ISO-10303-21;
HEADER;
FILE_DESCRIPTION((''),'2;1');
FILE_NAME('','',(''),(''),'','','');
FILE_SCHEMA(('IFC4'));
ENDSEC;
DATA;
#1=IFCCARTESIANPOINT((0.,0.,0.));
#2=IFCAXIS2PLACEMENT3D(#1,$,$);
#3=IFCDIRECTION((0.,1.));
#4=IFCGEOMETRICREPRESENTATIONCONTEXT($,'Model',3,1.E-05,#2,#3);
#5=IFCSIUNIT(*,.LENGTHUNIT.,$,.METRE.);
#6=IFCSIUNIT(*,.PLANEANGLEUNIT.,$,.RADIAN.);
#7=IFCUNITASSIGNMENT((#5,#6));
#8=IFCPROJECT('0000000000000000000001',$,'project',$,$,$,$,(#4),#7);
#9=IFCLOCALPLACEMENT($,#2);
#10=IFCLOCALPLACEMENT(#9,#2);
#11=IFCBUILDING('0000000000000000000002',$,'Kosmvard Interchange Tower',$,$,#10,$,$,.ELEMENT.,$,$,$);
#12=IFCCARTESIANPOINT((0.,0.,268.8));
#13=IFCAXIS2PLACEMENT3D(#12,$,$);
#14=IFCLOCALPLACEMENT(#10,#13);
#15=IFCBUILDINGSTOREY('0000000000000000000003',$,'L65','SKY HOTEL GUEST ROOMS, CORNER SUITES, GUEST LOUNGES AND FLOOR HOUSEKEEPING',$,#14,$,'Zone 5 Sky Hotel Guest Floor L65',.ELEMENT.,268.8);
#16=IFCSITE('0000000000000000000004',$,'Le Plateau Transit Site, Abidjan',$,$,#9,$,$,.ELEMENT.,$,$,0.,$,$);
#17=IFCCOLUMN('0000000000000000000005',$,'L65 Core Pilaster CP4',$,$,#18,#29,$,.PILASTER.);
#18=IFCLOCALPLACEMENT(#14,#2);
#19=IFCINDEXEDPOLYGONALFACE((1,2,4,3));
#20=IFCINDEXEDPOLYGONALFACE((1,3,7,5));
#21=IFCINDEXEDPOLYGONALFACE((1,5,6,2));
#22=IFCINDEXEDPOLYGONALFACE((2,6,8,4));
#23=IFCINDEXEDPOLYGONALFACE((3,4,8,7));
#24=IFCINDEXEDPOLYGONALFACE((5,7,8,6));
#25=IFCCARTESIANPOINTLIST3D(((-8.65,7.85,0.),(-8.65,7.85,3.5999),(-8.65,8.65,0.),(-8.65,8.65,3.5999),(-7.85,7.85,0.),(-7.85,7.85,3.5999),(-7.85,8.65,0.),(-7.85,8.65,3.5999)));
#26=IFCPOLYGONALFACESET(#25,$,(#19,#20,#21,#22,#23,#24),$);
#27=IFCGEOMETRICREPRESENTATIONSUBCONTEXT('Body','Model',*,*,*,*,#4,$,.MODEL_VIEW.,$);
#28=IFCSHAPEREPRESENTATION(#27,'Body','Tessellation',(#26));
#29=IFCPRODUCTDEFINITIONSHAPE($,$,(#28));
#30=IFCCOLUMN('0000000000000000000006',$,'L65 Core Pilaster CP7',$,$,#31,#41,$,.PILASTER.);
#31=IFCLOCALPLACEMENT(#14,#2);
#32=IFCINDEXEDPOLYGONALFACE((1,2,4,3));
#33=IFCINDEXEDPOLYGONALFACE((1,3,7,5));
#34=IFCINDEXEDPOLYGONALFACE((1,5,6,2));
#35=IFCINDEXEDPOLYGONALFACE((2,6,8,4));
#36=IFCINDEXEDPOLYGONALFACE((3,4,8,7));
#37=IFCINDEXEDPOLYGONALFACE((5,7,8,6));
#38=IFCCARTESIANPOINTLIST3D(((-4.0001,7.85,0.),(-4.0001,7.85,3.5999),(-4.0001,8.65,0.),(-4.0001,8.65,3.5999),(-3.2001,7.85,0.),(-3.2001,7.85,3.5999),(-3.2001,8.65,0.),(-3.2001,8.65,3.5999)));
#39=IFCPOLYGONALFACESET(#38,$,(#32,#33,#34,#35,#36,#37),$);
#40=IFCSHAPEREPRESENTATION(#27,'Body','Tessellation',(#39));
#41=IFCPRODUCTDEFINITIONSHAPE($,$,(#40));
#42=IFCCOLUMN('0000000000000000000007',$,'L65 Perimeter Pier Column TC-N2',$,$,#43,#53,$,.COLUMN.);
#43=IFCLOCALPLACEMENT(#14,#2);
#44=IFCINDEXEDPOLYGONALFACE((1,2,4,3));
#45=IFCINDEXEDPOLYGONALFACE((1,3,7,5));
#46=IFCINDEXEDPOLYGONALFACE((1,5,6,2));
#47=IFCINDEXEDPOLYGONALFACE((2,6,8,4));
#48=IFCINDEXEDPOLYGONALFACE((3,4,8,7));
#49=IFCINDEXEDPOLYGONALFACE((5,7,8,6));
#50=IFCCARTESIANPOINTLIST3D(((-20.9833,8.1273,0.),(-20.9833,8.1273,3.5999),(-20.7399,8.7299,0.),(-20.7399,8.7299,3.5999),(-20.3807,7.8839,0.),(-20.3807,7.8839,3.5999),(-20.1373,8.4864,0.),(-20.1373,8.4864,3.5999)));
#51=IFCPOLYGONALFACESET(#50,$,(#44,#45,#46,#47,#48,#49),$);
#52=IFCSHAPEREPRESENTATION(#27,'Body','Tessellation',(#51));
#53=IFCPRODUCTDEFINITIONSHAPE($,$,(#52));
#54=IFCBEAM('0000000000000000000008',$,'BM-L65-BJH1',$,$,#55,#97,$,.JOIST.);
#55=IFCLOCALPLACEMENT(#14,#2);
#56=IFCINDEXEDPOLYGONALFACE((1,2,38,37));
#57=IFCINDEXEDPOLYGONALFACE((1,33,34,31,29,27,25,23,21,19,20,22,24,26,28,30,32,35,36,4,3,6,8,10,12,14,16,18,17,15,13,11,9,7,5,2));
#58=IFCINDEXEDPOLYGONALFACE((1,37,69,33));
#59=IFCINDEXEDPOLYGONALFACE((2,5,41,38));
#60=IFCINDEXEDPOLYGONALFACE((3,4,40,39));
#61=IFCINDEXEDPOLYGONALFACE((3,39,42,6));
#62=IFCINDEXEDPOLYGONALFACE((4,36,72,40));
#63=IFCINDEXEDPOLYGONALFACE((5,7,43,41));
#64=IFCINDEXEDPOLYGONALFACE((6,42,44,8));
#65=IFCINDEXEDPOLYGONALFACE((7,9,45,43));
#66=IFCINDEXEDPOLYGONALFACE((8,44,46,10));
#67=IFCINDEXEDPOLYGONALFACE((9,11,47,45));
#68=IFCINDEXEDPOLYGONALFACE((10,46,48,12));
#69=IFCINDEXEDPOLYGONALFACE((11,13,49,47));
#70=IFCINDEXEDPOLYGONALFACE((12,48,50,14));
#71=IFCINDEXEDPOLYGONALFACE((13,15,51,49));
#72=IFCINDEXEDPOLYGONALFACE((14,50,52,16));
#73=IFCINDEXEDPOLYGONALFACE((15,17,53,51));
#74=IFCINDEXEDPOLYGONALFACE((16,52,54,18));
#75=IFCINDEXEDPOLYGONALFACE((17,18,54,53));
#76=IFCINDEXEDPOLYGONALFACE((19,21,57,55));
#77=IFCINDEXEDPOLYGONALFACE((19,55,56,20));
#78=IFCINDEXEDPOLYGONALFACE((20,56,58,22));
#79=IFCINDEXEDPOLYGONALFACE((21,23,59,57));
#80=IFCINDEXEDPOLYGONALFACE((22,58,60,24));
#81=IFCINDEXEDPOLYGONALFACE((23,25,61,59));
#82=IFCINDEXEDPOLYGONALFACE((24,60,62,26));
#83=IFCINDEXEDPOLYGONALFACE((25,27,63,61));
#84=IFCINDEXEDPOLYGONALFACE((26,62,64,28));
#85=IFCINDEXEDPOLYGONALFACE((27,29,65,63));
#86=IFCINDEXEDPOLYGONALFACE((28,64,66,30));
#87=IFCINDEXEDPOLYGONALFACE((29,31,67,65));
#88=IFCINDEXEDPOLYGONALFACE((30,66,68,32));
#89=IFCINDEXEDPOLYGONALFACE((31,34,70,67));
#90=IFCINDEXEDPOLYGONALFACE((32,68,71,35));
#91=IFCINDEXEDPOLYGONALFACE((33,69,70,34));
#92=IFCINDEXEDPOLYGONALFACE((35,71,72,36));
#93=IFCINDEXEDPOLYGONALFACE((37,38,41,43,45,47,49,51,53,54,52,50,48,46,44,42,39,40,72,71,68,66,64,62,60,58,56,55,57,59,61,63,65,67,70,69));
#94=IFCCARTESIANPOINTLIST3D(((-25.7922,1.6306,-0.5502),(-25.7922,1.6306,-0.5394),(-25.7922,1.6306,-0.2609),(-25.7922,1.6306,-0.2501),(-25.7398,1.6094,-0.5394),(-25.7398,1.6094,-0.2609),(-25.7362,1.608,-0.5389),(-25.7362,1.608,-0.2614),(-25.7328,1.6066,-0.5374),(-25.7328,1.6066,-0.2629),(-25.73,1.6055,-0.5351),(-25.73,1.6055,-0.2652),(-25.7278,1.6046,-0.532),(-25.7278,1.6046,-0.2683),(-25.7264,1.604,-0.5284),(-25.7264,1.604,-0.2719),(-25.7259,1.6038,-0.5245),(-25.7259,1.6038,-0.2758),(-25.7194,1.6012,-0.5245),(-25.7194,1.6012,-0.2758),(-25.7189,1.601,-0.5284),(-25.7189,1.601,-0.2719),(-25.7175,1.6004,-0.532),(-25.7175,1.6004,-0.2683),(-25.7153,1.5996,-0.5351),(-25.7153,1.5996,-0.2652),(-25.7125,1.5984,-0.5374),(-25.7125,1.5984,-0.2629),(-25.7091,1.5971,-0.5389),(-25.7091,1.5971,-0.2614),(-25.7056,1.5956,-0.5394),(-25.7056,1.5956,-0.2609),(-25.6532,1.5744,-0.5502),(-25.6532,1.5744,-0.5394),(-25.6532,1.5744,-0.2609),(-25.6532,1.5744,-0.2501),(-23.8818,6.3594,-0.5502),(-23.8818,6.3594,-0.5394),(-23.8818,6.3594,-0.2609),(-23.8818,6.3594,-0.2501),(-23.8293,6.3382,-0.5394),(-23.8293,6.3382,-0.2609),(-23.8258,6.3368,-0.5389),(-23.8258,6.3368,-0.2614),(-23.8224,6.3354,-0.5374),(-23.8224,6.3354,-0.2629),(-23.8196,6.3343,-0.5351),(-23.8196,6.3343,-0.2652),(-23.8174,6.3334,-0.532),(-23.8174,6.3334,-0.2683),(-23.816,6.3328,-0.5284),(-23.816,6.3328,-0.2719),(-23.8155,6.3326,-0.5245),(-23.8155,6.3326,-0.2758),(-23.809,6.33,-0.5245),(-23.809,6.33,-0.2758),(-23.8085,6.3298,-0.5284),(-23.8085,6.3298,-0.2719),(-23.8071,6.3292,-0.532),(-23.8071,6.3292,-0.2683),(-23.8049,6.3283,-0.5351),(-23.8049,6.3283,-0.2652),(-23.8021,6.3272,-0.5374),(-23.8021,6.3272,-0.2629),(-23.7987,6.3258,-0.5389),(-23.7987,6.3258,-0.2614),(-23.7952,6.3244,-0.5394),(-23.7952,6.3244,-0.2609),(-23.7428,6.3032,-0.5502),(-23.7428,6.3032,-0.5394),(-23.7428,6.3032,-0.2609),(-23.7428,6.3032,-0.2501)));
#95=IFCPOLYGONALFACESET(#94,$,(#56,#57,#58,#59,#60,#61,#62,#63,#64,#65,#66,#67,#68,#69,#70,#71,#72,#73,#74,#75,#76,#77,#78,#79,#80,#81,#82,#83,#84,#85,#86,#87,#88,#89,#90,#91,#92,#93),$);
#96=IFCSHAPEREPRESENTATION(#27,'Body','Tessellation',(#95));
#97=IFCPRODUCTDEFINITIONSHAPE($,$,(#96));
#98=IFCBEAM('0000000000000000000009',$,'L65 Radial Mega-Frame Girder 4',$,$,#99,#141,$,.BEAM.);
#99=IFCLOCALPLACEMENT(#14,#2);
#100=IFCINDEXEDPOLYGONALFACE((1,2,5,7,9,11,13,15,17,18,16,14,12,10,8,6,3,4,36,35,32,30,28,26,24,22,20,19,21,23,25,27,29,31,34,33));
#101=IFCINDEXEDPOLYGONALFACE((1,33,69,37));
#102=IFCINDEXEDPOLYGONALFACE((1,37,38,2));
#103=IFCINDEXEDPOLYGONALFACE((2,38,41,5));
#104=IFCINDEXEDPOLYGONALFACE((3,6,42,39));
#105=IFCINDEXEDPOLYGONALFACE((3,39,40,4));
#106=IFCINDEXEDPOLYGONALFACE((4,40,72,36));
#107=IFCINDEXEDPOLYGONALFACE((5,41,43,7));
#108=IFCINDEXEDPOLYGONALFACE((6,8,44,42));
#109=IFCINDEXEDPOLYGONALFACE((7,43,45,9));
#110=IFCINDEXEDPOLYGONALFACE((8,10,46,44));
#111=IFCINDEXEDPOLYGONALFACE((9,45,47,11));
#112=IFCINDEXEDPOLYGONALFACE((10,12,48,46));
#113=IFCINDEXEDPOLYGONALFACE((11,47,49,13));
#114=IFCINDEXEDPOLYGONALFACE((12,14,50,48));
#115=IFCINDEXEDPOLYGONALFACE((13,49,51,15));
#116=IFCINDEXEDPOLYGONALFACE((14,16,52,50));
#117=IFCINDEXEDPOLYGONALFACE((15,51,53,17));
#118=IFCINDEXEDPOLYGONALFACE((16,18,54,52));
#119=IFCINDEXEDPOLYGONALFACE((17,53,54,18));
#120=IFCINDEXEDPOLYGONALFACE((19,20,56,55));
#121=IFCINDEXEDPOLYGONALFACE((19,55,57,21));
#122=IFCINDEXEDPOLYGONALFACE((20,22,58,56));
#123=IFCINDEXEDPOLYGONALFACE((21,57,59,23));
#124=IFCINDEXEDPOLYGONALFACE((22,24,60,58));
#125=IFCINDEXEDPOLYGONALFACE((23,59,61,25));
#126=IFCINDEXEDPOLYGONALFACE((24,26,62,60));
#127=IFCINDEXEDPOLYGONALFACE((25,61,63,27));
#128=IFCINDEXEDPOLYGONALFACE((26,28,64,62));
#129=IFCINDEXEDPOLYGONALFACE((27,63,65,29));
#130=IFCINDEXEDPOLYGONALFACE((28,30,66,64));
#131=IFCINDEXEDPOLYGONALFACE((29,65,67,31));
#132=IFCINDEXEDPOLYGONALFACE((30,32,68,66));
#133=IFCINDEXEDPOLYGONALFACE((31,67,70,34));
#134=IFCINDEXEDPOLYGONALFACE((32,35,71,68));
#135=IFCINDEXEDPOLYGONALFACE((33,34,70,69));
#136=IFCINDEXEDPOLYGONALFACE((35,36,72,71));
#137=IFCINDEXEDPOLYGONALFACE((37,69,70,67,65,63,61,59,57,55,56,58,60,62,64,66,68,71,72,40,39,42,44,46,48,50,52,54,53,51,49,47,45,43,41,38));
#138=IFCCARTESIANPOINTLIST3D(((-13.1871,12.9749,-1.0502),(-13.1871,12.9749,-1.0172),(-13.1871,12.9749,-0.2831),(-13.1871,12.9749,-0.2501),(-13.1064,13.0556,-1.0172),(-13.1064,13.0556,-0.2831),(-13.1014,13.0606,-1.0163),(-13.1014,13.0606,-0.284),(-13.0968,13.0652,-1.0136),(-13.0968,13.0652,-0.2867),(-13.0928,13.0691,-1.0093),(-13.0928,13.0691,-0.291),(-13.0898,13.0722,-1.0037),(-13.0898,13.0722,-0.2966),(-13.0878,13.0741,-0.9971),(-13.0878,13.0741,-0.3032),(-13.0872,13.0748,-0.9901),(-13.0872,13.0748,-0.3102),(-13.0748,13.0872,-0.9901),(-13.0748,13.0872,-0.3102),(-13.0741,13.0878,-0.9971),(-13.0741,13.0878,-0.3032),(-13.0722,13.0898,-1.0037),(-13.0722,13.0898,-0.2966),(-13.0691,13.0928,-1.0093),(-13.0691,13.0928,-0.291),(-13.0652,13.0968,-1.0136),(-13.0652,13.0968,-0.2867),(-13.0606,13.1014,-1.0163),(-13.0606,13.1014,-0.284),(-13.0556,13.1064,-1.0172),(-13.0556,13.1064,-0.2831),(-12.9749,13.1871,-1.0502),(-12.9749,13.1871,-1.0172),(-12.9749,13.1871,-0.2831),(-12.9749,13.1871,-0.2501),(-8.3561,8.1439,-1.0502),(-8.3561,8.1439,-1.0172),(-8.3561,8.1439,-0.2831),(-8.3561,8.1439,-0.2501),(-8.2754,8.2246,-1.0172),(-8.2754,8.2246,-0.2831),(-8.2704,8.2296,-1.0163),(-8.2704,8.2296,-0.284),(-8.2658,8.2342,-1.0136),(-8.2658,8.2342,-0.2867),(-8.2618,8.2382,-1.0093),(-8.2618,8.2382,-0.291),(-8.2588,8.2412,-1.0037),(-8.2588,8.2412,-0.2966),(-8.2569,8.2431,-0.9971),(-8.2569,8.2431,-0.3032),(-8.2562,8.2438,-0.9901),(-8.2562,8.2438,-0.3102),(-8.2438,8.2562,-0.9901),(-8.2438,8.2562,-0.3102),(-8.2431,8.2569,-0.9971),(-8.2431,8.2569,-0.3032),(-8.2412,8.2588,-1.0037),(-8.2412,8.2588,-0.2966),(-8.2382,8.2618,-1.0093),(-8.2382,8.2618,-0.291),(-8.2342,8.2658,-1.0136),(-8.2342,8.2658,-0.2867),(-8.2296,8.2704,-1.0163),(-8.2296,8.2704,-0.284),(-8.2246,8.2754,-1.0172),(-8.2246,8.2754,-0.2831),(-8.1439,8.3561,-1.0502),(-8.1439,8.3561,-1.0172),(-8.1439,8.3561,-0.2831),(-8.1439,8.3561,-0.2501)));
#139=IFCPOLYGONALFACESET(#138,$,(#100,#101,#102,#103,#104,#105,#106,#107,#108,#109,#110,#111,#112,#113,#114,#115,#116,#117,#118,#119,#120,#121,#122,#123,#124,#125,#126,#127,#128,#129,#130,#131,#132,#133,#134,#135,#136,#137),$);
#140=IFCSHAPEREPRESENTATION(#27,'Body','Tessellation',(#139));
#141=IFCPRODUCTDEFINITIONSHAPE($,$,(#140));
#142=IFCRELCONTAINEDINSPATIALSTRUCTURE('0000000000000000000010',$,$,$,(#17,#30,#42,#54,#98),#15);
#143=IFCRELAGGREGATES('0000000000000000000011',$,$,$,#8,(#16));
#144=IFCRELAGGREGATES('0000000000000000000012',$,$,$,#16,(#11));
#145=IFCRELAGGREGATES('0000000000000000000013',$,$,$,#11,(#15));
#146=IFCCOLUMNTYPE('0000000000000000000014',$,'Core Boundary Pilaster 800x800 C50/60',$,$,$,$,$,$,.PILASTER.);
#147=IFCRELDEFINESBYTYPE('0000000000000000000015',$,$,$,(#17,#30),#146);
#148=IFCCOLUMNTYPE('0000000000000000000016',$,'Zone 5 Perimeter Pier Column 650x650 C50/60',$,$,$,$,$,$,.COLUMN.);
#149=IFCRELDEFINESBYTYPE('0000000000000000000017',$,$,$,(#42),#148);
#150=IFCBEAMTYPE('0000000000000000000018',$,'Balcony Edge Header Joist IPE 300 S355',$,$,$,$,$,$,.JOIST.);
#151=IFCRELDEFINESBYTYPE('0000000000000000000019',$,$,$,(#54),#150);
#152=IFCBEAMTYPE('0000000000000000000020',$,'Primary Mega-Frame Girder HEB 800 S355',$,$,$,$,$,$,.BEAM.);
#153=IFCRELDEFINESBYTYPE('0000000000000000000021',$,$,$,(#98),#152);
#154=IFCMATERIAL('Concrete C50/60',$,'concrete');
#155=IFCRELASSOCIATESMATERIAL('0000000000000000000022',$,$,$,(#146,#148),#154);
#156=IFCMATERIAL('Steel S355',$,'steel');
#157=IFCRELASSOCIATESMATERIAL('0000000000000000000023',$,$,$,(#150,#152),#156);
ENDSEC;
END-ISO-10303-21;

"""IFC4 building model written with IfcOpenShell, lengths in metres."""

from ifc_helpers import new_model, si_unit, direction, frame, origin, origin_2d, place, context, subcontext, project, spatial, rectangle, i_section, extrude, source, transform, mapped, material, material_profile, profile_set, type_object, element, save


model = new_model("IFC4")

# Units and contexts
model_context = context("Model", 3, precision=1e-05, world=origin(), true_north=direction((0.0, 1.0)))
body_context = subcontext(model_context, "Body", "Model", "MODEL_VIEW")
ifc_project = project(units=[si_unit("LENGTHUNIT", "METRE"), si_unit("PLANEANGLEUNIT", "RADIAN")], contexts=[model_context])

# Site, building, storey
site_placement = place(None, origin())
site = spatial("IfcSite", under=ifc_project, at=site_placement, Name="Le Plateau Transit Site, Abidjan", CompositionType="ELEMENT", RefElevation=0.0)
building_placement = place(site_placement, origin())
building = spatial("IfcBuilding", under=site, at=building_placement, Name="Kosmvard Interchange Tower", CompositionType="ELEMENT")
storey_placement = place(building_placement, frame((0.0, 0.0, 268.8)))
storey = spatial("IfcBuildingStorey", under=building, at=storey_placement, Name="L65", Description="SKY HOTEL GUEST ROOMS, CORNER SUITES, GUEST LOUNGES AND FLOOR HOUSEKEEPING", LongName="Zone 5 Sky Hotel Guest Floor L65", CompositionType="ELEMENT", Elevation=268.8)

# Columns
ifc_material_1 = material(Name="Concrete C50/60", Category="concrete")
ifc_material_profile_1 = material_profile(ifc_material_1, rectangle(XDim=0.8, YDim=0.8, at=origin_2d()), Name="CP 800x800")
ifc_profile_set_1 = profile_set([ifc_material_profile_1], Name="Concrete C50/60")
column_type_1 = type_object("IfcColumnType", Name="Core Boundary Pilaster 800x800 C50/60", PredefinedType="PILASTER", material=ifc_profile_set_1)
shared_shape_1 = source(origin(), body_context, "Body", "SweptSolid", [
    extrude(rectangle(XDim=0.8, YDim=0.8, at=origin_2d()), origin(), (0.0, 0.0, 1.0), 3.5999),
])
for number, where, z_axis, x_axis, name in (
    (1, (-8.25, 8.25, 0.0), (0.0, 0.0, 1.0), (1.0, 0.0, 0.0), "L65 Core Pilaster CP4"),
    (2, (-3.6001, 8.25, 0.0), (0.0, 0.0, 1.0), (1.0, 0.0, 0.0), "L65 Core Pilaster CP7"),
):
    element("IfcColumn", number, at=place(storey_placement, frame(where, z_axis=z_axis, x_axis=x_axis)), inside=storey, type_object=column_type_1, Name=name, PredefinedType="PILASTER", context=body_context, shape_type="MappedRepresentation", body=[
        mapped(shared_shape_1, transform((0.0, 0.0, 0.0), scale=1.0)),
    ])
ifc_material_profile_2 = material_profile(ifc_material_1, rectangle(XDim=0.6499, YDim=0.6499, at=origin_2d()), Name="TC 650x650")
ifc_profile_set_2 = profile_set([ifc_material_profile_2], Name="Concrete C50/60")
column_type_2 = type_object("IfcColumnType", Name="Zone 5 Perimeter Pier Column 650x650 C50/60", PredefinedType="COLUMN", material=ifc_profile_set_2)
shared_shape_2 = source(origin(), body_context, "Body", "SweptSolid", [
    extrude(rectangle(XDim=0.6499, YDim=0.6499, at=origin_2d()), origin(), (0.0, 0.0, 1.0), 3.5999),
])
column_placement = place(storey_placement, frame((-20.5603, 8.3069, 0.0), z_axis=(0.0, 0.0, 1.0), x_axis=(0.374607, 0.927184, 0.0)))
element("IfcColumn", 3, at=column_placement, inside=storey, type_object=column_type_2, Name="L65 Perimeter Pier Column TC-N2", PredefinedType="COLUMN", context=body_context, shape_type="MappedRepresentation", body=[
    mapped(shared_shape_2, transform((0.0, 0.0, 0.0), scale=1.0)),
])

# Beams
ifc_material_2 = material(Name="Steel S355", Category="steel")
ifc_material_profile_3 = material_profile(ifc_material_2, i_section(OverallWidth=0.1499, OverallDepth=0.3, WebThickness=0.0071, FlangeThickness=0.0107, FilletRadius=0.0149, at=origin_2d()), Name="IPE 300")
ifc_profile_set_3 = profile_set([ifc_material_profile_3], Name="Steel S355")
beam_type_1 = type_object("IfcBeamType", Name="Balcony Edge Header Joist IPE 300 S355", PredefinedType="JOIST", material=ifc_profile_set_3)
shared_shape_3 = source(origin(), body_context, "Body", "SweptSolid", [
    extrude(i_section(OverallWidth=0.1499, OverallDepth=0.3, WebThickness=0.0071, FlangeThickness=0.0107, FilletRadius=0.0149, at=origin_2d()), origin(), (0.0, 0.0, 1.0), 5.1001),
])
beam_1_placement = place(storey_placement, frame((-23.8123, 6.3313, -0.4001), z_axis=(-0.374583, -0.927194, 0.0), x_axis=(0.927194, -0.374583, 0.0)))
element("IfcBeam", 4, at=beam_1_placement, inside=storey, type_object=beam_type_1, Name="BM-L65-BJH1", PredefinedType="JOIST", context=body_context, shape_type="MappedRepresentation", body=[
    mapped(shared_shape_3, transform((0.0, 0.0, 0.0), scale=1.0)),
])
ifc_material_profile_4 = material_profile(ifc_material_2, i_section(OverallWidth=0.3, OverallDepth=0.8, WebThickness=0.0176, FlangeThickness=0.033, FilletRadius=0.0271, at=origin_2d()), Name="HEB 800")
ifc_profile_set_4 = profile_set([ifc_material_profile_4], Name="Steel S355")
beam_type_2 = type_object("IfcBeamType", Name="Primary Mega-Frame Girder HEB 800 S355", PredefinedType="BEAM", material=ifc_profile_set_4)
shared_shape_4 = source(origin(), body_context, "Body", "SweptSolid", [
    extrude(i_section(OverallWidth=0.3, OverallDepth=0.8, WebThickness=0.0176, FlangeThickness=0.033, FilletRadius=0.0271, at=origin_2d()), origin(), (0.0, 0.0, 1.0), 6.832),
])
beam_2_placement = place(storey_placement, frame((-8.25, 8.25, -0.6501), z_axis=(-0.707107, 0.707107, 0.0), x_axis=(-0.707107, -0.707107, 0.0)))
element("IfcBeam", 5, at=beam_2_placement, inside=storey, type_object=beam_type_2, Name="L65 Radial Mega-Frame Girder 4", PredefinedType="BEAM", context=body_context, shape_type="MappedRepresentation", body=[
    mapped(shared_shape_4, transform((0.0, 0.0, 0.0), scale=1.0)),
])

save(model, "model.ifc")
